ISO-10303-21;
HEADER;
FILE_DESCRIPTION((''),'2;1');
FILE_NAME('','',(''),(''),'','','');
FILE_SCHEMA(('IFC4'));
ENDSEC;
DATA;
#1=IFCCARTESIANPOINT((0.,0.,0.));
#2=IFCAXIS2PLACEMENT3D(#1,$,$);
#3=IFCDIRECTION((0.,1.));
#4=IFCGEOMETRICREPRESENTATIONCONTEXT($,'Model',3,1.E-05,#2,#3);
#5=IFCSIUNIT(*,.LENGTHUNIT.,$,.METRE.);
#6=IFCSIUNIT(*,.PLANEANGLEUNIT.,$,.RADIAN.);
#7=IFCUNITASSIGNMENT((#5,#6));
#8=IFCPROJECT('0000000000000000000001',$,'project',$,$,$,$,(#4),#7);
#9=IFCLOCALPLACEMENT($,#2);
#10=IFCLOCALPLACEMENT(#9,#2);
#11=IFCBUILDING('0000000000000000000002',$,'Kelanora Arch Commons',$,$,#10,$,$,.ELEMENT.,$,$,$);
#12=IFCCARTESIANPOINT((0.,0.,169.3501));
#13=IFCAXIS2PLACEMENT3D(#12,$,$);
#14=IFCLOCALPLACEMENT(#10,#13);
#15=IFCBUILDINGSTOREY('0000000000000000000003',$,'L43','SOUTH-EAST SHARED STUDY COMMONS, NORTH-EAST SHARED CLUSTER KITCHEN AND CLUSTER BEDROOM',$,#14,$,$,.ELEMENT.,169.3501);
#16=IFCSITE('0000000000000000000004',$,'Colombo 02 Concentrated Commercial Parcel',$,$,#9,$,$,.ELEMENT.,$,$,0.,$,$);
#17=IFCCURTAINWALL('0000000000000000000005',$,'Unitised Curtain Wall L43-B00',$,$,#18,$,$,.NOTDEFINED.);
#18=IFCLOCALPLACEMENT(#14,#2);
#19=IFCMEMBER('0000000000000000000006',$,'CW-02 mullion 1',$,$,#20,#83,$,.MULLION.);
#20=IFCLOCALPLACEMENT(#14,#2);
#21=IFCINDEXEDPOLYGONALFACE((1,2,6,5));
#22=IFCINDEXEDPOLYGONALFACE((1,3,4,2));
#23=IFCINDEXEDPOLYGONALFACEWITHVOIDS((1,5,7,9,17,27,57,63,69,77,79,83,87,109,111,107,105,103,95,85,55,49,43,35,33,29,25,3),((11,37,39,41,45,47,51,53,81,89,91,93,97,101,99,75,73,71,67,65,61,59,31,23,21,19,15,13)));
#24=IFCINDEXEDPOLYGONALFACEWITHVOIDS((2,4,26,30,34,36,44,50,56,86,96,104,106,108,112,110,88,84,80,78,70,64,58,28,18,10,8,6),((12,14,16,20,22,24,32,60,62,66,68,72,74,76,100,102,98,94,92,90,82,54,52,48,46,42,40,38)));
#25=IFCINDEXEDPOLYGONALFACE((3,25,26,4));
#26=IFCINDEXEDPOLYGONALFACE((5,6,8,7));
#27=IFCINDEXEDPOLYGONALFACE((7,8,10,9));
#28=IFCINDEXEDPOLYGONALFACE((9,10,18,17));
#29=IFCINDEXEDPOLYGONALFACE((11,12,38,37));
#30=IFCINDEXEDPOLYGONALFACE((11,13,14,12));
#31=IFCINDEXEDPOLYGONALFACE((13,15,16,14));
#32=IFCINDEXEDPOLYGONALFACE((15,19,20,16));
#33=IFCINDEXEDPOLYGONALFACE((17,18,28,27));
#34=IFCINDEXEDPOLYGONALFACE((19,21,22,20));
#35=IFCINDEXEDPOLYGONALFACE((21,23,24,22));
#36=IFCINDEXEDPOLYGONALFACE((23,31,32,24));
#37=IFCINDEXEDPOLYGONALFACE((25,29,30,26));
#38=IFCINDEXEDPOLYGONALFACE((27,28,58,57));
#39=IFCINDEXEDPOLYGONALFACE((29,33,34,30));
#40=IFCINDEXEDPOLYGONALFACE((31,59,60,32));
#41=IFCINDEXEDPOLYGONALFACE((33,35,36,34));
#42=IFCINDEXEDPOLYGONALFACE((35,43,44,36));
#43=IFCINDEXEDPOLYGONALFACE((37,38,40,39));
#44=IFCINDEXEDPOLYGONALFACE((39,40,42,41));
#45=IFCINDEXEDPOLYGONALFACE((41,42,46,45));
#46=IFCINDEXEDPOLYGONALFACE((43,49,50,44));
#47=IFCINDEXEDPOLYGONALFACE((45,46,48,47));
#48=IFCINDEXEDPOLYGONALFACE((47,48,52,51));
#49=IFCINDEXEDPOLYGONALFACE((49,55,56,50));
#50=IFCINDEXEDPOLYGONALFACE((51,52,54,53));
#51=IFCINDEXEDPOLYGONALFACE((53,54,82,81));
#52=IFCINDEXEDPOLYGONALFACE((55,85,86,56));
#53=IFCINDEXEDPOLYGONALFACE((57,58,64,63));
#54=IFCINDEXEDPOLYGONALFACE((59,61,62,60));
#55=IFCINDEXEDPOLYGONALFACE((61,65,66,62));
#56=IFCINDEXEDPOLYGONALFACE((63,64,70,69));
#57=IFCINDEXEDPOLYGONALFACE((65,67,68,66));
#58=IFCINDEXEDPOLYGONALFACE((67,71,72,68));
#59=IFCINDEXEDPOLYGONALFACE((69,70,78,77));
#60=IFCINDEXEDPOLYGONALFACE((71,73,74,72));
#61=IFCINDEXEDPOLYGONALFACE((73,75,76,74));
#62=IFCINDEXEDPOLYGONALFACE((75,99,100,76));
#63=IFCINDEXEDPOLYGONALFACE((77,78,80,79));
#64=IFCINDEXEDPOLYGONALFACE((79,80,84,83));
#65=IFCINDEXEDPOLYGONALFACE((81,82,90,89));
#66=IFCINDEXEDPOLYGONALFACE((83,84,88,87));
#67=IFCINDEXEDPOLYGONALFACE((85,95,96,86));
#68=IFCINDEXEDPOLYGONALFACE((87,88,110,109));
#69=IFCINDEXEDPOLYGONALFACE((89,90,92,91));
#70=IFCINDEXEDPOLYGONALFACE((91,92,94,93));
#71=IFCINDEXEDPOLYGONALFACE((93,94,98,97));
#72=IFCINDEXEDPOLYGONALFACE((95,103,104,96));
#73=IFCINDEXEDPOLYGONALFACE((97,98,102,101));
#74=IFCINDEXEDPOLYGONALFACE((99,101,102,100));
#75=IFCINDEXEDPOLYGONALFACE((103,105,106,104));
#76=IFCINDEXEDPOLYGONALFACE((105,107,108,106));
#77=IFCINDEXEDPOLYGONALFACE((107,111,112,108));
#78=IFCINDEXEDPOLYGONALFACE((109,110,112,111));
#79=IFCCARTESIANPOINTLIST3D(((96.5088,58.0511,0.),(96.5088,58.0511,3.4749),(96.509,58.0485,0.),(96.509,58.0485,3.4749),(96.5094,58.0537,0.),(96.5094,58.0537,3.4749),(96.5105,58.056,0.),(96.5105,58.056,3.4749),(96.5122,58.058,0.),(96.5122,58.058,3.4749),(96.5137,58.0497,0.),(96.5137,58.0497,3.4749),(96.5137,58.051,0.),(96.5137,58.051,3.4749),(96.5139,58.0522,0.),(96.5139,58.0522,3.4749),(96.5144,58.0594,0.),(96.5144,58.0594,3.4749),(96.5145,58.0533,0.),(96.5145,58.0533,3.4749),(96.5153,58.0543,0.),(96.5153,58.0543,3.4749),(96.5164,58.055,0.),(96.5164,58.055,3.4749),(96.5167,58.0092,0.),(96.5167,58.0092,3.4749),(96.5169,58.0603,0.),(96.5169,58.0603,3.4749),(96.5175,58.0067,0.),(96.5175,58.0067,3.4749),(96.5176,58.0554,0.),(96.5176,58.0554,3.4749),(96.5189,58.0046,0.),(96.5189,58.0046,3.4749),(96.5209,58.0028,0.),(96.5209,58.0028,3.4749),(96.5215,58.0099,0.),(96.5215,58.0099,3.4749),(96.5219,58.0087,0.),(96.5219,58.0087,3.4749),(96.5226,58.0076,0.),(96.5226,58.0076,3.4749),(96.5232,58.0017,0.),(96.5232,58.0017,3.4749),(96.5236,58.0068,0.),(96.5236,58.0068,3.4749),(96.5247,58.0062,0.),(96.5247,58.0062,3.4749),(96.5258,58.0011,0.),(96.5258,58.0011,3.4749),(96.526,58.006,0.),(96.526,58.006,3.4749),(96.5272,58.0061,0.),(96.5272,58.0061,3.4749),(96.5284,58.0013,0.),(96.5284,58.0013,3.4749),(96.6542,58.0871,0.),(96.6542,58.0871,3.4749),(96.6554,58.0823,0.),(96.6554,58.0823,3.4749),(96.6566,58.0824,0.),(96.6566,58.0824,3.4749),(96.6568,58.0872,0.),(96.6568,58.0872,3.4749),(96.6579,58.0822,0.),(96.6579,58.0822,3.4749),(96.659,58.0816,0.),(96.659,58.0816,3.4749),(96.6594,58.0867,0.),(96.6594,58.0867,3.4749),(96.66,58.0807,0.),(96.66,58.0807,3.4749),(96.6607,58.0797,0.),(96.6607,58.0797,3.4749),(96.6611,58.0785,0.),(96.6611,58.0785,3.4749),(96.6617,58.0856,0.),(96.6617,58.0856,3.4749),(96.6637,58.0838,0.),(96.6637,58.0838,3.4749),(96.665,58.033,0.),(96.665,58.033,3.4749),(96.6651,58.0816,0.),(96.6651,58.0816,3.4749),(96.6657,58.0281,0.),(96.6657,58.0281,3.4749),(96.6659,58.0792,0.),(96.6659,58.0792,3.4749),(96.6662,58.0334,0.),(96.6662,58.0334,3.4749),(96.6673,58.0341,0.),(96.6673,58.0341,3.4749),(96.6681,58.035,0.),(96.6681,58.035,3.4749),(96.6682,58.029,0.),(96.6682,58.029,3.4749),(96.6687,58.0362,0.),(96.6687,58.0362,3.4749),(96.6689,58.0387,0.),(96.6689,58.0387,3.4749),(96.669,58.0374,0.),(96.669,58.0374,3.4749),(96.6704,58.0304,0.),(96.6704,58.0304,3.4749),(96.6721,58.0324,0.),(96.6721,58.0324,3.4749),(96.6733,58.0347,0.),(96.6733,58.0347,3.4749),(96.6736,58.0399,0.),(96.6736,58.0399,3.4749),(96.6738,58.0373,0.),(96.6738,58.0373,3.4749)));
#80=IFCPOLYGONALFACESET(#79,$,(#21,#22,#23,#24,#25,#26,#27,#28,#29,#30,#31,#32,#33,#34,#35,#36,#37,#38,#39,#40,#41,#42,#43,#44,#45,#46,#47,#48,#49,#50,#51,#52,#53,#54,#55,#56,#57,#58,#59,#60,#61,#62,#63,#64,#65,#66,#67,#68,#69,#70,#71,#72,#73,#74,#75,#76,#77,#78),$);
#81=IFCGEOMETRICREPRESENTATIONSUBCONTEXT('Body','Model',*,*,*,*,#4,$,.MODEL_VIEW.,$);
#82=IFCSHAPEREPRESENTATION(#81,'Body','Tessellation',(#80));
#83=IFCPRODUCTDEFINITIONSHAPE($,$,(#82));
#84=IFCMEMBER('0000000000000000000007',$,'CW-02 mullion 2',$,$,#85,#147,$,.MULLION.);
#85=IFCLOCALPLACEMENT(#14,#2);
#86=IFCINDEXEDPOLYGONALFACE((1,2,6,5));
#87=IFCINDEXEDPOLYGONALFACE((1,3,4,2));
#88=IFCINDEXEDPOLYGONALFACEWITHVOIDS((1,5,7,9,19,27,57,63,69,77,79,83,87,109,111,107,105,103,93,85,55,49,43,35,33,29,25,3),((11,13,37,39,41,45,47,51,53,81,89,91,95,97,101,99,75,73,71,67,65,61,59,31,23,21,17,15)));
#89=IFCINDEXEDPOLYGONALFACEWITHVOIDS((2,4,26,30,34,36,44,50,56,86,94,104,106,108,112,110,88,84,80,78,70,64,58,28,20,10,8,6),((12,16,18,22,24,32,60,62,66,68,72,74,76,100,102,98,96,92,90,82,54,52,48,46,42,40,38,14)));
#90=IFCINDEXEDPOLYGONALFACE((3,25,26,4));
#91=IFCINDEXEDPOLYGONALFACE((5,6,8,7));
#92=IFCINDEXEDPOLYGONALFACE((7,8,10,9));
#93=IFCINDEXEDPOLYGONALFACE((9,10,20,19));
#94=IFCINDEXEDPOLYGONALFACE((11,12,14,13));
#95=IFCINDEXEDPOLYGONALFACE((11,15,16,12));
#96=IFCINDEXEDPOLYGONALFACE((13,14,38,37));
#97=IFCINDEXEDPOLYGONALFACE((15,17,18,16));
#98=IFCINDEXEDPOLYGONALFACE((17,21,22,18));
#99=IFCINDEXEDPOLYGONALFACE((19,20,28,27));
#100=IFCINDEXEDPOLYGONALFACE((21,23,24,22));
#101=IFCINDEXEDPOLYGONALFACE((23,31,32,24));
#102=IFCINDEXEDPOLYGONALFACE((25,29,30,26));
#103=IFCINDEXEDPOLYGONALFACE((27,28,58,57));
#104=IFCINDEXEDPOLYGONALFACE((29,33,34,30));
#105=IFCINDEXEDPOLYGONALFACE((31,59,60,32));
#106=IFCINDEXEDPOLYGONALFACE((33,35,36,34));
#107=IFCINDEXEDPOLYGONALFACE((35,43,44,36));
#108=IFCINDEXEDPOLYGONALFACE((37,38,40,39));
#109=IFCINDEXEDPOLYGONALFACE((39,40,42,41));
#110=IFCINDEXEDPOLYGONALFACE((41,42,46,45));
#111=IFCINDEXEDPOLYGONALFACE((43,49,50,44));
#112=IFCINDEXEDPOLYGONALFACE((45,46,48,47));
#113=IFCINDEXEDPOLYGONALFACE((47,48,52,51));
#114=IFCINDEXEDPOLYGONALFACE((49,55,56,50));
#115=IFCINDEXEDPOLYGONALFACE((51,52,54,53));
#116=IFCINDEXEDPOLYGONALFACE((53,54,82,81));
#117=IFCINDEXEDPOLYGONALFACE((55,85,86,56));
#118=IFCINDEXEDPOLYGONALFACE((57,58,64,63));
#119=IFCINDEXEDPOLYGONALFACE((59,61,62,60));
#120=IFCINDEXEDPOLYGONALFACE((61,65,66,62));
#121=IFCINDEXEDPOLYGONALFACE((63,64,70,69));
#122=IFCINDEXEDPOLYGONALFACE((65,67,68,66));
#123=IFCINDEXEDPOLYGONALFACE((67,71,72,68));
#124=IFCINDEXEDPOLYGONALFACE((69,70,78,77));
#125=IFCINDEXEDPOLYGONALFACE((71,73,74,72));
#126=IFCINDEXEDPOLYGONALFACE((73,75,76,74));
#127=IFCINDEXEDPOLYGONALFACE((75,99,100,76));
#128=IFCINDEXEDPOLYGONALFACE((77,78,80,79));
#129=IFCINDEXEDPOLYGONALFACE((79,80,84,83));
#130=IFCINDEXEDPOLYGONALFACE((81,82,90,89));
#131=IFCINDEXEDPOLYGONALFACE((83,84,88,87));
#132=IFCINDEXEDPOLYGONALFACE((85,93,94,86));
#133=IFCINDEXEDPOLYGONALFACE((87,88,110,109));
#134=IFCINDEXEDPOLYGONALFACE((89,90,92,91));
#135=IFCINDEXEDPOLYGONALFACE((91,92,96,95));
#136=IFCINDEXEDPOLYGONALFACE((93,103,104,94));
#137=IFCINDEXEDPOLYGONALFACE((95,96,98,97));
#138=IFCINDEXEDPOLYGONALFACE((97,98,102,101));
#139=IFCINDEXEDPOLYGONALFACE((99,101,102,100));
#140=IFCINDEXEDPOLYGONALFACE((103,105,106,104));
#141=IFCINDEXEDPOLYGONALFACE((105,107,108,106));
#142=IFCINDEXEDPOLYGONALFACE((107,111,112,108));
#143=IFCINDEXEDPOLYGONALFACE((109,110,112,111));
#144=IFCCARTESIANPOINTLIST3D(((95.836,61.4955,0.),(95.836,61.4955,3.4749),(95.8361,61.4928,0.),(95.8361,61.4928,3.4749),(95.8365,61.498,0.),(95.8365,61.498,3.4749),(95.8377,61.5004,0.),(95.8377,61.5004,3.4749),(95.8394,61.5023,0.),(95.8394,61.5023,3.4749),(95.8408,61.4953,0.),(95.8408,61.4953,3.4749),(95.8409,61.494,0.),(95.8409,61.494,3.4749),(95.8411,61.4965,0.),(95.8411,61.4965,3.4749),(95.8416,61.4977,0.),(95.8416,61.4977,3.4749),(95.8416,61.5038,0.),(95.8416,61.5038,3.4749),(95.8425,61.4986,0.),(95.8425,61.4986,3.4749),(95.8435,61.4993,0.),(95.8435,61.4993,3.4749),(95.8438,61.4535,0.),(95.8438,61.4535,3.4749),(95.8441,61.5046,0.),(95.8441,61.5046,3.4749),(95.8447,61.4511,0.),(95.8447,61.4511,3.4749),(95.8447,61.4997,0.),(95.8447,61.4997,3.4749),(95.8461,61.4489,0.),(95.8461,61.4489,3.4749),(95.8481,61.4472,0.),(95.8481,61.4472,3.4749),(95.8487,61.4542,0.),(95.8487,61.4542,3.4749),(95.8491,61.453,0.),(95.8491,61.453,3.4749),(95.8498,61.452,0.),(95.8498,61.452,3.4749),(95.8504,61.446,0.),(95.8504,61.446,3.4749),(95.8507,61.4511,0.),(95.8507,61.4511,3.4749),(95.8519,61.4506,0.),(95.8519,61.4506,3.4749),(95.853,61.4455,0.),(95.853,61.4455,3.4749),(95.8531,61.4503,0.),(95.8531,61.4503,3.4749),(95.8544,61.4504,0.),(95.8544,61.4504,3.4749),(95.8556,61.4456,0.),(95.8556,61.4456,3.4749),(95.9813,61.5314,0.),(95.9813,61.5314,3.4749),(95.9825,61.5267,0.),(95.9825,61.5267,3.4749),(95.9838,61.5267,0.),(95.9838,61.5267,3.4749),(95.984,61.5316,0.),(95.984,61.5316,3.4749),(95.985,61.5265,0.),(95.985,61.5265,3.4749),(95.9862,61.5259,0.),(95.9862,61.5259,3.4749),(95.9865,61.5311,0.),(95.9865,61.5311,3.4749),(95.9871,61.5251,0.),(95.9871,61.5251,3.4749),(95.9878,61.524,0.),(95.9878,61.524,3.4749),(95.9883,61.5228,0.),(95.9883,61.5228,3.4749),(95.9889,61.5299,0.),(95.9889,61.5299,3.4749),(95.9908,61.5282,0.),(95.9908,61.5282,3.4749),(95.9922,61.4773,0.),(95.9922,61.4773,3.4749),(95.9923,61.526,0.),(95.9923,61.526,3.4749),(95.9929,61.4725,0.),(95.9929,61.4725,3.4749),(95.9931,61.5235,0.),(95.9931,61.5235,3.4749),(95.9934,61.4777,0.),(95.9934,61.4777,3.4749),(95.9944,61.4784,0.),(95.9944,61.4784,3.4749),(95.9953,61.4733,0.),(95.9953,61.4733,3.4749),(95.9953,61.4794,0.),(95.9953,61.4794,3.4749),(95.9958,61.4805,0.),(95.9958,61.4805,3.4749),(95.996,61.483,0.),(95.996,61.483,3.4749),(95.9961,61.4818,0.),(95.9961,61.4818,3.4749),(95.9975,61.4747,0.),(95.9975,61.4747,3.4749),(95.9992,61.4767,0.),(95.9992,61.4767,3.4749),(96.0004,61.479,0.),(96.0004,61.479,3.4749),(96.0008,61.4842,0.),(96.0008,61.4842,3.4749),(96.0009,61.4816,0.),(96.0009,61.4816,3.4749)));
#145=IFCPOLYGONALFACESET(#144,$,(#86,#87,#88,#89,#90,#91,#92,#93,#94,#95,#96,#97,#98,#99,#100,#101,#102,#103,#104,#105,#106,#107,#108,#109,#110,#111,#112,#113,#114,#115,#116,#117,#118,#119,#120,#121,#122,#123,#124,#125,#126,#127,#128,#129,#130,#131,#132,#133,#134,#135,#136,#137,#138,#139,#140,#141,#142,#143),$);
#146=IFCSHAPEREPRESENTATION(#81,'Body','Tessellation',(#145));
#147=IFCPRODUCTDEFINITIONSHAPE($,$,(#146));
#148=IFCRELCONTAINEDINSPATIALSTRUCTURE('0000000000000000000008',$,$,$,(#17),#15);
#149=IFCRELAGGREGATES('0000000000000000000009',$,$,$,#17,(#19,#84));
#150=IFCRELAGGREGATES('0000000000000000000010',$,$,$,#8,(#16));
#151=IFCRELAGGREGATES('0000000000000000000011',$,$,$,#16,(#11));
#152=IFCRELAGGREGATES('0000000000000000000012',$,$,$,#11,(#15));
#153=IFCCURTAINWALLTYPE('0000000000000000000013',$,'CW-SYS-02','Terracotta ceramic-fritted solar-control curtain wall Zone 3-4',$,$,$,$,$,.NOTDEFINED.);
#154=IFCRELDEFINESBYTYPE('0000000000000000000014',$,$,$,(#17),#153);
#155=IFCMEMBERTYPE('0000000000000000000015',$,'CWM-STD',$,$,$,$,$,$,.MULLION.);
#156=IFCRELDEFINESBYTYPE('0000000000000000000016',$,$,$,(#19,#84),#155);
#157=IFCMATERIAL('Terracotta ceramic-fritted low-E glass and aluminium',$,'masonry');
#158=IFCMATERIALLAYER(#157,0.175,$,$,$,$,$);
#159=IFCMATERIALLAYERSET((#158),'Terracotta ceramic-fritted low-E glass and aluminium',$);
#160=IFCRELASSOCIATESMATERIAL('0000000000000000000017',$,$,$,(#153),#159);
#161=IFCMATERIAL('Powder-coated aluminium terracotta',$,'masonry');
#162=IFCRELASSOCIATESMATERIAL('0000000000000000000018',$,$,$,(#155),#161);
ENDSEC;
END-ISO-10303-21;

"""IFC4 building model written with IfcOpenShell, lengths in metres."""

from ifc_helpers import new_model, si_unit, direction, frame, origin, origin_2d, place, context, subcontext, project, spatial, hollow_rectangle, extrude, material, layer, layer_set, material_profile, profile_set, type_object, element, aggregate, save


model = new_model("IFC4")

# Units and contexts
model_context = context("Model", 3, precision=1e-05, world=origin(), true_north=direction((0.0, 1.0)))
body_context = subcontext(model_context, "Body", "Model", "MODEL_VIEW")
ifc_project = project(units=[si_unit("LENGTHUNIT", "METRE"), si_unit("PLANEANGLEUNIT", "RADIAN")], contexts=[model_context])

# Site, building, storey
site_placement = place(None, origin())
site = spatial("IfcSite", under=ifc_project, at=site_placement, Name="Colombo 02 Concentrated Commercial Parcel", CompositionType="ELEMENT", RefElevation=0.0)
building_placement = place(site_placement, origin())
building = spatial("IfcBuilding", under=site, at=building_placement, Name="Kelanora Arch Commons", CompositionType="ELEMENT")
storey_placement = place(building_placement, frame((0.0, 0.0, 169.3501)))
storey = spatial("IfcBuildingStorey", under=building, at=storey_placement, Name="L43", Description="SOUTH-EAST SHARED STUDY COMMONS, NORTH-EAST SHARED CLUSTER KITCHEN AND CLUSTER BEDROOM", CompositionType="ELEMENT", Elevation=169.3501)

# Curtain wall, members
ifc_material_1 = material(Name="Terracotta ceramic-fritted low-E glass and aluminium", Category="masonry")
ifc_layer_1 = layer(ifc_material_1, 0.175)
ifc_layer_set_1 = layer_set([ifc_layer_1], Name="Terracotta ceramic-fritted low-E glass and aluminium")
curtain_wall_type = type_object("IfcCurtainWallType", Name="CW-SYS-02", Description="Terracotta ceramic-fritted solar-control curtain wall Zone 3-4", PredefinedType="NOTDEFINED", material=ifc_layer_set_1)
curtain_wall_placement = place(storey_placement, origin())
curtain_wall = element("IfcCurtainWall", 1, at=curtain_wall_placement, inside=storey, type_object=curtain_wall_type, Name="Unitised Curtain Wall L43-B00", PredefinedType="NOTDEFINED")
ifc_material_2 = material(Name="Powder-coated aluminium terracotta", Category="masonry")
ifc_material_profile_1 = material_profile(ifc_material_2, hollow_rectangle(XDim=0.1599, YDim=0.0601, WallThickness=0.0049, InnerFilletRadius=0.0049, OuterFilletRadius=0.01, at=origin_2d()), Name="CWM160x60")
ifc_profile_set_1 = profile_set([ifc_material_profile_1], Name="Powder-coated aluminium terracotta")
member_type_1 = type_object("IfcMemberType", Name="CWM-STD", PredefinedType="MULLION", material=ifc_profile_set_1)
member_1_placement = place(storey_placement, frame((96.5913, 58.0442, 0.0), z_axis=(0.0, 0.0, 1.0), x_axis=(-0.981453, -0.191705, 0.0)))
member_1 = element("IfcMember", 2, at=member_1_placement, type_object=member_type_1, Name="CW-02 mullion 1", PredefinedType="MULLION", context=body_context, shape_type="SweptSolid", body=[
    extrude(hollow_rectangle(XDim=0.1599, YDim=0.0601, WallThickness=0.0049, InnerFilletRadius=0.0049, OuterFilletRadius=0.01, at=origin_2d()), origin(), (0.0, 0.0, 1.0), 3.4749),
])
member_2_placement = place(storey_placement, frame((95.9185, 61.4885, 0.0), z_axis=(0.0, 0.0, 1.0), x_axis=(-0.981453, -0.191705, 0.0)))
member_2 = element("IfcMember", 3, at=member_2_placement, type_object=member_type_1, Name="CW-02 mullion 2", PredefinedType="MULLION", context=body_context, shape_type="SweptSolid", body=[
    extrude(hollow_rectangle(XDim=0.1599, YDim=0.0601, WallThickness=0.0049, InnerFilletRadius=0.0049, OuterFilletRadius=0.01, at=origin_2d()), origin(), (0.0, 0.0, 1.0), 3.4749),
])
aggregate(curtain_wall, [member_1, member_2])

save(model, "model.ifc")
